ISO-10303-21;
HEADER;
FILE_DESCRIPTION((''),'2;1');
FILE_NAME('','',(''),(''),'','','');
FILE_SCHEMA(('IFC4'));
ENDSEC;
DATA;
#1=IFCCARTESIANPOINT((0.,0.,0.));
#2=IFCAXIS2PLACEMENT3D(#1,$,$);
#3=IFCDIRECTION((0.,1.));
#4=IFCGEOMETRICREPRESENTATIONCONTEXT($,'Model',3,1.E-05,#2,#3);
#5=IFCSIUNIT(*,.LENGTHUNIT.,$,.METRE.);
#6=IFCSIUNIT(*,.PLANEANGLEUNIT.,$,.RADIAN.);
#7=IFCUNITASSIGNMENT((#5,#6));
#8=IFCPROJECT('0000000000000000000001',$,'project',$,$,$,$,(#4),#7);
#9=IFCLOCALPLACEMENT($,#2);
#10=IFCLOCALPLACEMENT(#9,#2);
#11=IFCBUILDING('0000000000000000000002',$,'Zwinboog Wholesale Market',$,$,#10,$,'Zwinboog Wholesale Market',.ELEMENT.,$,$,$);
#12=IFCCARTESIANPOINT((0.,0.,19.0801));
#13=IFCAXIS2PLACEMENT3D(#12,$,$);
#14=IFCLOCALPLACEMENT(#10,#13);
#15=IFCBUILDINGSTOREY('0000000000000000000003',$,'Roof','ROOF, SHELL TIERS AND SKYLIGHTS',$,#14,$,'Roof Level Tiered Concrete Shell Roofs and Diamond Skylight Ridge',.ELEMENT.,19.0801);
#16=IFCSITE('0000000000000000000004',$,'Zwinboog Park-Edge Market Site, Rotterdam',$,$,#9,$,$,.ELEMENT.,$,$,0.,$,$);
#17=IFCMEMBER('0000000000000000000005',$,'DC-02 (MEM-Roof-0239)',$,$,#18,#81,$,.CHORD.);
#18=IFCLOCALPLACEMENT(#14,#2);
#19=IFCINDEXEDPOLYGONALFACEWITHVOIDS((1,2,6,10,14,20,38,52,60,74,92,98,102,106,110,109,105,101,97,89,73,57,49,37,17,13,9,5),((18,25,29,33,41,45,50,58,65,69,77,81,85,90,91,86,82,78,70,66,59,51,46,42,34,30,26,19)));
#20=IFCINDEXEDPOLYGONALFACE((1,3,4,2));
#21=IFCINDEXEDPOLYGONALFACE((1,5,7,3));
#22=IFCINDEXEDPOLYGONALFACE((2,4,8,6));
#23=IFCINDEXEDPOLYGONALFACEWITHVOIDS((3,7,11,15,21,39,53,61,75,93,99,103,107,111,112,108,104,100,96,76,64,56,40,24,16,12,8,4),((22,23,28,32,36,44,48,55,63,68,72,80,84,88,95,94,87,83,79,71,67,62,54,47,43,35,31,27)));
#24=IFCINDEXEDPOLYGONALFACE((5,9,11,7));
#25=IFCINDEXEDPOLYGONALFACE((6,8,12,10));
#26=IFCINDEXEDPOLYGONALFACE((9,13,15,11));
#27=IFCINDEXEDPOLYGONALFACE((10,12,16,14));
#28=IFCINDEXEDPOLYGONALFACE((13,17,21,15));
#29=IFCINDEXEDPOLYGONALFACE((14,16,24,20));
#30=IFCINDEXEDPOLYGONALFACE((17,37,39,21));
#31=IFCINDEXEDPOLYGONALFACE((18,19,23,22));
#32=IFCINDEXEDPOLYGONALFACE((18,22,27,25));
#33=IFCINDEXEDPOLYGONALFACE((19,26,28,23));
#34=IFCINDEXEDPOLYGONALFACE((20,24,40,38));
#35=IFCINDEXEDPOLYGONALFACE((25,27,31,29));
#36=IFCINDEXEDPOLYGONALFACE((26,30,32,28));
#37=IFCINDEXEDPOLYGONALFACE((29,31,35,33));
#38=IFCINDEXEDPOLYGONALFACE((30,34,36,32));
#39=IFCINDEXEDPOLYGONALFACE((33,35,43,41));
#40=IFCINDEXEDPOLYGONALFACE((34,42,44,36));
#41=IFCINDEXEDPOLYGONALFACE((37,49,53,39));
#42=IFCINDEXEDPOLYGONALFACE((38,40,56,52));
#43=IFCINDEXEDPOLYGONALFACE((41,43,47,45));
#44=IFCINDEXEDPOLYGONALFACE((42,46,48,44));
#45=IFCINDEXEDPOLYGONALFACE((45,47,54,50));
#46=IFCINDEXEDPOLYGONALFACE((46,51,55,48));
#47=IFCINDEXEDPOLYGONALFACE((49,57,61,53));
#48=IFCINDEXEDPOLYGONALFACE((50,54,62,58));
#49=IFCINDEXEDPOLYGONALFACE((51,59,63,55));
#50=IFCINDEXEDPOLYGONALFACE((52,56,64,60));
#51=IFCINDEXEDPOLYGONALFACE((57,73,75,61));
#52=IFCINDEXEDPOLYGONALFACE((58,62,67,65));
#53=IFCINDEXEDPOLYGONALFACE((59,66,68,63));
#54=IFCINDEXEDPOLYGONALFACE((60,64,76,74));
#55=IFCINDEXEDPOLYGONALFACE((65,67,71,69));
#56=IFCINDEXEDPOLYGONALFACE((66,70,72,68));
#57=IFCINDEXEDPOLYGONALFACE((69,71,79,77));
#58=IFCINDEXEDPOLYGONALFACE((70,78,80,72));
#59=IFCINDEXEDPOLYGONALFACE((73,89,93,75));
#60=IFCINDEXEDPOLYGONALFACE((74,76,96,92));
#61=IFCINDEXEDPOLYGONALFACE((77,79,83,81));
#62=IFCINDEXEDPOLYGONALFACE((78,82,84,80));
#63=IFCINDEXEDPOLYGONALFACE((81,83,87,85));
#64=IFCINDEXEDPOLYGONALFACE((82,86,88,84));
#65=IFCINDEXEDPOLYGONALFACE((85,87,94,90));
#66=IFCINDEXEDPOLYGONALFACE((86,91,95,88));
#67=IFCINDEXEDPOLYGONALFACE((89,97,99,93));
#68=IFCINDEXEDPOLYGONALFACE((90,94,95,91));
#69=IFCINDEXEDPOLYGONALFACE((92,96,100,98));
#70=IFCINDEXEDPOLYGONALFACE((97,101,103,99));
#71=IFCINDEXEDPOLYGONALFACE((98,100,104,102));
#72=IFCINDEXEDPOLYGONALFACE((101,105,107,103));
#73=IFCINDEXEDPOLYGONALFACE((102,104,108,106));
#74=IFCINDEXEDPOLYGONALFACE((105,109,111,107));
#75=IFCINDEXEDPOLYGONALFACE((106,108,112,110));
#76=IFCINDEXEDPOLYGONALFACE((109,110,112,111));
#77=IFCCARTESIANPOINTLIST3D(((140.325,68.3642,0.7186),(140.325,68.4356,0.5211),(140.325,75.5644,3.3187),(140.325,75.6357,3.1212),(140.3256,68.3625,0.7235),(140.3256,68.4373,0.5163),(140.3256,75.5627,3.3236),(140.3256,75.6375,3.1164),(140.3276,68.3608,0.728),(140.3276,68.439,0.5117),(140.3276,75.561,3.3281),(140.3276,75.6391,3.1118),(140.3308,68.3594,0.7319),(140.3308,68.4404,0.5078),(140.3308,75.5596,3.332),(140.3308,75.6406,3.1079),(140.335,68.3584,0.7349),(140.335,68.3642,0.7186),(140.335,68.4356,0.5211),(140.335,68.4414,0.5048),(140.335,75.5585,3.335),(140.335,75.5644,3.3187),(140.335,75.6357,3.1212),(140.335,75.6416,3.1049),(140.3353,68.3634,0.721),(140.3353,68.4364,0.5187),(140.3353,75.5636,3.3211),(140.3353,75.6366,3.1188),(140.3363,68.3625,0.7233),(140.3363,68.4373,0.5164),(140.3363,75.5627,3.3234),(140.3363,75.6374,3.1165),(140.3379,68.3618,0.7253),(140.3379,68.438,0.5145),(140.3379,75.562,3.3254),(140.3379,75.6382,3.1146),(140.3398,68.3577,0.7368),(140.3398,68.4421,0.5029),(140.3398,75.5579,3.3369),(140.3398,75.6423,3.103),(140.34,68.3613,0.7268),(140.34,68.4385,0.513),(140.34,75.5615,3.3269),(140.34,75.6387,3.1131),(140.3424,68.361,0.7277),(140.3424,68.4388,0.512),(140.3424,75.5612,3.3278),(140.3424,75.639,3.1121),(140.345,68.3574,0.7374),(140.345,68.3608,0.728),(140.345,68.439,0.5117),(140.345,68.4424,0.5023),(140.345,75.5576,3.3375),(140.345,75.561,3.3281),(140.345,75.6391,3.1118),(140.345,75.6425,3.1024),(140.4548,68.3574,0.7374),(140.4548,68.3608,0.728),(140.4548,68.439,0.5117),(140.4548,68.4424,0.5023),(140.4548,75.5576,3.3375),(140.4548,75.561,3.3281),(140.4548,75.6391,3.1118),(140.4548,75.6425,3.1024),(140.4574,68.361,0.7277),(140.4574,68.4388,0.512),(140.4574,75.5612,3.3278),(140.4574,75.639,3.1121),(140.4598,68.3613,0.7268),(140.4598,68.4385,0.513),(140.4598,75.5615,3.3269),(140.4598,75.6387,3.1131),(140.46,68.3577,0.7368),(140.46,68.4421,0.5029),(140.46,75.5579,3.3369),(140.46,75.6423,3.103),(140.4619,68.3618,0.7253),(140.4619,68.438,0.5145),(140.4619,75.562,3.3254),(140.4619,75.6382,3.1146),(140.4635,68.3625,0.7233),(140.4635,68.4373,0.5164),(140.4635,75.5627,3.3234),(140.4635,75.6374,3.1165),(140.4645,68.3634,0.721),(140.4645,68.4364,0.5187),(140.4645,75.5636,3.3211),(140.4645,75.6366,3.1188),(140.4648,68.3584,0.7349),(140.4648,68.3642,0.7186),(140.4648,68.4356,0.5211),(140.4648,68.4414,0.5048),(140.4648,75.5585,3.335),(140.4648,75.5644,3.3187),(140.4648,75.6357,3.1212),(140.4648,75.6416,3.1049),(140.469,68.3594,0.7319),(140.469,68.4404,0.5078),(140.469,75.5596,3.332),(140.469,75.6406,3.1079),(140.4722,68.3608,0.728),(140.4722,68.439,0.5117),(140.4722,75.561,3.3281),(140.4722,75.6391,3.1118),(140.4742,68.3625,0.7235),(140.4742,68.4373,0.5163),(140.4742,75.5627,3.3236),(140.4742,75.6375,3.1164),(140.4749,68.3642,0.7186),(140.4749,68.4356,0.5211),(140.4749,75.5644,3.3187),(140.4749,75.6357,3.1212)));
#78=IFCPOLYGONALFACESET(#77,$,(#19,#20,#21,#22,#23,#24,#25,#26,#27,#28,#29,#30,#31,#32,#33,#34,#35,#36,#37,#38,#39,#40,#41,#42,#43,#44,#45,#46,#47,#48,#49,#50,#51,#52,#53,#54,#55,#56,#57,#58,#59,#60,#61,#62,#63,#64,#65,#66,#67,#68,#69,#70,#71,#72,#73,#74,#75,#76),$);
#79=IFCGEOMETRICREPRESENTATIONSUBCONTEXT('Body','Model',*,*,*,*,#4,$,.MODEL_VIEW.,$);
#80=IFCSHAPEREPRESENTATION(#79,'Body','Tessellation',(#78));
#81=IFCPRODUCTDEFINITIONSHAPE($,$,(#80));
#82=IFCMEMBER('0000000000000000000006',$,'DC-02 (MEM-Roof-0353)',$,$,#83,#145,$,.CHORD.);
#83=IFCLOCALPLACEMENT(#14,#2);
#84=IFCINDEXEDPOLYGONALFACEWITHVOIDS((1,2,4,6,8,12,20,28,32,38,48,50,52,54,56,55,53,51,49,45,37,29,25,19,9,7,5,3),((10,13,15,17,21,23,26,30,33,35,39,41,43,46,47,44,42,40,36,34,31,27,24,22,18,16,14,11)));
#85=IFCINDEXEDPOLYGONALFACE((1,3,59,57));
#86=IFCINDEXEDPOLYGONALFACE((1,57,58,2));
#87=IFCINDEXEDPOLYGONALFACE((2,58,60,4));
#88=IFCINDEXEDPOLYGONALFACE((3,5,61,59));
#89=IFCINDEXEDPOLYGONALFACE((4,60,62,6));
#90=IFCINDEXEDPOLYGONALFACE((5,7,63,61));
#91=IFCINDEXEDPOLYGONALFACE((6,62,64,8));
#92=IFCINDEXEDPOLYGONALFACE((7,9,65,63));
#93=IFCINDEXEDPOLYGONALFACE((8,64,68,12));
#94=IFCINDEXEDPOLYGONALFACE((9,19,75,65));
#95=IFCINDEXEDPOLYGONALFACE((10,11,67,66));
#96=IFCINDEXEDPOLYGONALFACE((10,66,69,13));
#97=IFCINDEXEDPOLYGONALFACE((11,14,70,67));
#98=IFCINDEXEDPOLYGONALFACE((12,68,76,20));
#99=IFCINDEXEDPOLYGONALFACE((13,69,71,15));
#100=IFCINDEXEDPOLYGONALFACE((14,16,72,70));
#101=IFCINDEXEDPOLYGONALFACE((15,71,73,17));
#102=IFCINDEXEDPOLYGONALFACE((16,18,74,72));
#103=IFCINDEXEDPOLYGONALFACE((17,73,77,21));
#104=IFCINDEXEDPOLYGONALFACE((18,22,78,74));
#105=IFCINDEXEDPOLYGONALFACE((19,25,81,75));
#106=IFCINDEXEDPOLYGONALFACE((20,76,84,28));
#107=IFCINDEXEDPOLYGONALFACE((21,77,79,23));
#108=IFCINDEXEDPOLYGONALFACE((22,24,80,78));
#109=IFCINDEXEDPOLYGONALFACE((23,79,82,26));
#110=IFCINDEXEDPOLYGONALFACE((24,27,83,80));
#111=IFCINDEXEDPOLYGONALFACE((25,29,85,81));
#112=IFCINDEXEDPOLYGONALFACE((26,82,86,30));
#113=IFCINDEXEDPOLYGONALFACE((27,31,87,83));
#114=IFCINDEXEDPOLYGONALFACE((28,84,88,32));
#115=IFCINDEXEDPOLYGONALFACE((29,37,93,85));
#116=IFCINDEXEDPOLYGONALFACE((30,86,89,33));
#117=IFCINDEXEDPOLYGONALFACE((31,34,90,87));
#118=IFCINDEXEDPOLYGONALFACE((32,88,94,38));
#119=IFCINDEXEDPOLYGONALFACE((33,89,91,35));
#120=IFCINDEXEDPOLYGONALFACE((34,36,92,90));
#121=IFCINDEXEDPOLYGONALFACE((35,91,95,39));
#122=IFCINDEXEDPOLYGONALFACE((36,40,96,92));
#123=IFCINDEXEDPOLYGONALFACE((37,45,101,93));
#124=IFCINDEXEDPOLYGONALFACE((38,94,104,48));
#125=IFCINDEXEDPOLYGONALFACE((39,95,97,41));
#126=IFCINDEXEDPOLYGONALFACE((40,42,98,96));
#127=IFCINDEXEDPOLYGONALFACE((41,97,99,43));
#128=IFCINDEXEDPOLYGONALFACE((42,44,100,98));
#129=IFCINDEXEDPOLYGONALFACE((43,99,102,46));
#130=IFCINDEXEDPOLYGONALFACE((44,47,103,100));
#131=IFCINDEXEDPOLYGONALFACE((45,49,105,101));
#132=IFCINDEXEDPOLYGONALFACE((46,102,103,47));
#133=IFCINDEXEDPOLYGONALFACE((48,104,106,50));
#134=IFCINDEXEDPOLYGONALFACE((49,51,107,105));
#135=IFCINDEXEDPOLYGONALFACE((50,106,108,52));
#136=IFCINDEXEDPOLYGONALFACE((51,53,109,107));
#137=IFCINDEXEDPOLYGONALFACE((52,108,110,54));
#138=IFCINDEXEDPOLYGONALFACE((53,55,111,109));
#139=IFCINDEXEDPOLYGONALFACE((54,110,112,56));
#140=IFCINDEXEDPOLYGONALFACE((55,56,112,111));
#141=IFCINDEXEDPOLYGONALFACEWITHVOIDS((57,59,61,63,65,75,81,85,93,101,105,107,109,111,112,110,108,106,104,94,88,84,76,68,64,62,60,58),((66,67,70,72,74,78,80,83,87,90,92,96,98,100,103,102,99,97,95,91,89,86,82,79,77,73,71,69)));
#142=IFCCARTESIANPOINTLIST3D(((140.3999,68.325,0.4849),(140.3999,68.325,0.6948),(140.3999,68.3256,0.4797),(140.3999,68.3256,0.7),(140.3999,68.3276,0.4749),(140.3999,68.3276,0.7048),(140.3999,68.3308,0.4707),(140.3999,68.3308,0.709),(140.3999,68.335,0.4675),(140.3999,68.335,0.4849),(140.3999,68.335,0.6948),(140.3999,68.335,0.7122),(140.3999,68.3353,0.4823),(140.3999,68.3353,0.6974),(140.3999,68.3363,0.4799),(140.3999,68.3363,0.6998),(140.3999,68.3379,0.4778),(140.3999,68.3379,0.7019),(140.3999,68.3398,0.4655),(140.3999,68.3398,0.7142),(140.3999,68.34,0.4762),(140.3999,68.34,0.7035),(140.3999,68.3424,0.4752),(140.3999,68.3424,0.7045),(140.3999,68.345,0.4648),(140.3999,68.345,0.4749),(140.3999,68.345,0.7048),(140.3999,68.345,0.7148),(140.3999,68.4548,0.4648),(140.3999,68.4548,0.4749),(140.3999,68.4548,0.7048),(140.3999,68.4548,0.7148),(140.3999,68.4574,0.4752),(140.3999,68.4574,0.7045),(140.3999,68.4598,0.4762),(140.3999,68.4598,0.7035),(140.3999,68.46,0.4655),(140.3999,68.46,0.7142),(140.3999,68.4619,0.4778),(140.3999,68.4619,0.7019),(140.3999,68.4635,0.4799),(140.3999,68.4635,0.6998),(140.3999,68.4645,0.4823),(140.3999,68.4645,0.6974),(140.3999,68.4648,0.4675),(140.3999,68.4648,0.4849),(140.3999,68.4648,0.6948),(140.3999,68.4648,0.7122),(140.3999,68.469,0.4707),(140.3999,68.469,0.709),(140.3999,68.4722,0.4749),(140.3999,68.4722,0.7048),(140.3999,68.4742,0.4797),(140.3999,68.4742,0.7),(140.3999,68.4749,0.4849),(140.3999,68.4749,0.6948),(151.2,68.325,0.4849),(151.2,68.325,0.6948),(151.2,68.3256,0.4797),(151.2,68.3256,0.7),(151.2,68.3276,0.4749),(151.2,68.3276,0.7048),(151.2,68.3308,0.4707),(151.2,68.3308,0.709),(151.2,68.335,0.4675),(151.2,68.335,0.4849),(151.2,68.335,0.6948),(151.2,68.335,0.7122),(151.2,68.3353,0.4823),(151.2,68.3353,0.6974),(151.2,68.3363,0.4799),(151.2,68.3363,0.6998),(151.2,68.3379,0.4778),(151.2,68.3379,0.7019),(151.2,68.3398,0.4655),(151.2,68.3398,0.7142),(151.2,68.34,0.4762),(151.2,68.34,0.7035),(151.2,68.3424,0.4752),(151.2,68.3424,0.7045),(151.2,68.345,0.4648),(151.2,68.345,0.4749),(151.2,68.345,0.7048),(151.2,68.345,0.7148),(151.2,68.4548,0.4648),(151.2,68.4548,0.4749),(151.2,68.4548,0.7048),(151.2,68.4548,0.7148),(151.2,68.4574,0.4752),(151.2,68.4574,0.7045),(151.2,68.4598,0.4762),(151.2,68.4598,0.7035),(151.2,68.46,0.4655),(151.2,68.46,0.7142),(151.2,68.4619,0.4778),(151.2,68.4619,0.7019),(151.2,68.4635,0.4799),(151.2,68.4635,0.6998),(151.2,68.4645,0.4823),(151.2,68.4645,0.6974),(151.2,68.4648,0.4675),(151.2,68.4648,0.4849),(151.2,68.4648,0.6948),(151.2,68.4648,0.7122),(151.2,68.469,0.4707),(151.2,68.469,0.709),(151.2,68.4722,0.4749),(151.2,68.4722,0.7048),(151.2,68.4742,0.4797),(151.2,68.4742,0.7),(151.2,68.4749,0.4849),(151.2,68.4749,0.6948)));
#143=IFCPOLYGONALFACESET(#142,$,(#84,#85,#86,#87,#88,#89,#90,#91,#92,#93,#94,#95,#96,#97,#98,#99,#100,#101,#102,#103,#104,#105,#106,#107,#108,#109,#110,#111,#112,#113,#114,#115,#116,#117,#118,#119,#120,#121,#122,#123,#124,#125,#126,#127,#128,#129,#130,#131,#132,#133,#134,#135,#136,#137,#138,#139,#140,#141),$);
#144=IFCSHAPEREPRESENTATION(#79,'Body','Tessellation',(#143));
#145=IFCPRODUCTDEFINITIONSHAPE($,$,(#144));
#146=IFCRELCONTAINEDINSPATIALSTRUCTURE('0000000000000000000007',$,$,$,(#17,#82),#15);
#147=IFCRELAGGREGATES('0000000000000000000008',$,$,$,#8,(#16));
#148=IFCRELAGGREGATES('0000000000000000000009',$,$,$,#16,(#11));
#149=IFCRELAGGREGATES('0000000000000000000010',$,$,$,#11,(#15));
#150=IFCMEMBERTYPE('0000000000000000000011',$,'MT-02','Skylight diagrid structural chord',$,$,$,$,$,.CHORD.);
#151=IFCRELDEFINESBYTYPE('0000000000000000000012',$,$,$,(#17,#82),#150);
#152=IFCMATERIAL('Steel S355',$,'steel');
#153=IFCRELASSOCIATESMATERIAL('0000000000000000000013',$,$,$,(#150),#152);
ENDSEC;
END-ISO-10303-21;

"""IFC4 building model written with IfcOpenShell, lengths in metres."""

from ifc_helpers import new_model, si_unit, direction, frame, origin, origin_2d, place, context, subcontext, project, spatial, hollow_rectangle, extrude, material, material_profile, profile_set, type_object, element, save


model = new_model("IFC4")

# Units and contexts
model_context = context("Model", 3, precision=1e-05, world=origin(), true_north=direction((0.0, 1.0)))
body_context = subcontext(model_context, "Body", "Model", "MODEL_VIEW")
ifc_project = project(units=[si_unit("LENGTHUNIT", "METRE"), si_unit("PLANEANGLEUNIT", "RADIAN")], contexts=[model_context])

# Site, building, storey
site_placement = place(None, origin())
site = spatial("IfcSite", under=ifc_project, at=site_placement, Name="Zwinboog Park-Edge Market Site, Rotterdam", CompositionType="ELEMENT", RefElevation=0.0)
building_placement = place(site_placement, origin())
building = spatial("IfcBuilding", under=site, at=building_placement, Name="Zwinboog Wholesale Market", LongName="Zwinboog Wholesale Market", CompositionType="ELEMENT")
storey_placement = place(building_placement, frame((0.0, 0.0, 19.0801)))
storey = spatial("IfcBuildingStorey", under=building, at=storey_placement, Name="Roof", Description="ROOF, SHELL TIERS AND SKYLIGHTS", LongName="Roof Level Tiered Concrete Shell Roofs and Diamond Skylight Ridge", CompositionType="ELEMENT", Elevation=19.0801)

# Members
ifc_material_1 = material(Name="Steel S355", Category="steel")
ifc_material_profile_1 = material_profile(ifc_material_1, hollow_rectangle(XDim=0.1499, YDim=0.25, WallThickness=0.01, InnerFilletRadius=0.01, OuterFilletRadius=0.02, at=origin_2d()), Name="RHS 250x150x10")
ifc_profile_set_1 = profile_set([ifc_material_profile_1], Name="Steel S355")
member_type_1 = type_object("IfcMemberType", Name="MT-02", Description="Skylight diagrid structural chord", PredefinedType="CHORD", material=ifc_profile_set_1)
member_1_placement = place(storey_placement, frame((140.3999, 68.3999, 0.6199), z_axis=(0.0, 0.940553, 0.339648), x_axis=(-1.0, 0.0, 0.0)))
element("IfcMember", 1, at=member_1_placement, inside=storey, type_object=member_type_1, Name="DC-02 (MEM-Roof-0239)", PredefinedType="CHORD", context=body_context, shape_type="SweptSolid", body=[
    extrude(hollow_rectangle(XDim=0.1499, YDim=0.25, WallThickness=0.01, InnerFilletRadius=0.01, OuterFilletRadius=0.02, at=origin_2d()), origin(), (0.0, 0.0, 1.0), 7.6553),
])
member_2_placement = place(storey_placement, frame((140.3999, 68.3999, 0.5898), z_axis=(1.0, 0.0, 0.0), x_axis=(0.0, 1.0, 0.0)))
element("IfcMember", 2, at=member_2_placement, inside=storey, type_object=member_type_1, Name="DC-02 (MEM-Roof-0353)", PredefinedType="CHORD", context=body_context, shape_type="SweptSolid", body=[
    extrude(hollow_rectangle(XDim=0.1499, YDim=0.25, WallThickness=0.01, InnerFilletRadius=0.01, OuterFilletRadius=0.02, at=origin_2d()), origin(), (0.0, 0.0, 1.0), 10.8),
])

save(model, "model.ifc")
